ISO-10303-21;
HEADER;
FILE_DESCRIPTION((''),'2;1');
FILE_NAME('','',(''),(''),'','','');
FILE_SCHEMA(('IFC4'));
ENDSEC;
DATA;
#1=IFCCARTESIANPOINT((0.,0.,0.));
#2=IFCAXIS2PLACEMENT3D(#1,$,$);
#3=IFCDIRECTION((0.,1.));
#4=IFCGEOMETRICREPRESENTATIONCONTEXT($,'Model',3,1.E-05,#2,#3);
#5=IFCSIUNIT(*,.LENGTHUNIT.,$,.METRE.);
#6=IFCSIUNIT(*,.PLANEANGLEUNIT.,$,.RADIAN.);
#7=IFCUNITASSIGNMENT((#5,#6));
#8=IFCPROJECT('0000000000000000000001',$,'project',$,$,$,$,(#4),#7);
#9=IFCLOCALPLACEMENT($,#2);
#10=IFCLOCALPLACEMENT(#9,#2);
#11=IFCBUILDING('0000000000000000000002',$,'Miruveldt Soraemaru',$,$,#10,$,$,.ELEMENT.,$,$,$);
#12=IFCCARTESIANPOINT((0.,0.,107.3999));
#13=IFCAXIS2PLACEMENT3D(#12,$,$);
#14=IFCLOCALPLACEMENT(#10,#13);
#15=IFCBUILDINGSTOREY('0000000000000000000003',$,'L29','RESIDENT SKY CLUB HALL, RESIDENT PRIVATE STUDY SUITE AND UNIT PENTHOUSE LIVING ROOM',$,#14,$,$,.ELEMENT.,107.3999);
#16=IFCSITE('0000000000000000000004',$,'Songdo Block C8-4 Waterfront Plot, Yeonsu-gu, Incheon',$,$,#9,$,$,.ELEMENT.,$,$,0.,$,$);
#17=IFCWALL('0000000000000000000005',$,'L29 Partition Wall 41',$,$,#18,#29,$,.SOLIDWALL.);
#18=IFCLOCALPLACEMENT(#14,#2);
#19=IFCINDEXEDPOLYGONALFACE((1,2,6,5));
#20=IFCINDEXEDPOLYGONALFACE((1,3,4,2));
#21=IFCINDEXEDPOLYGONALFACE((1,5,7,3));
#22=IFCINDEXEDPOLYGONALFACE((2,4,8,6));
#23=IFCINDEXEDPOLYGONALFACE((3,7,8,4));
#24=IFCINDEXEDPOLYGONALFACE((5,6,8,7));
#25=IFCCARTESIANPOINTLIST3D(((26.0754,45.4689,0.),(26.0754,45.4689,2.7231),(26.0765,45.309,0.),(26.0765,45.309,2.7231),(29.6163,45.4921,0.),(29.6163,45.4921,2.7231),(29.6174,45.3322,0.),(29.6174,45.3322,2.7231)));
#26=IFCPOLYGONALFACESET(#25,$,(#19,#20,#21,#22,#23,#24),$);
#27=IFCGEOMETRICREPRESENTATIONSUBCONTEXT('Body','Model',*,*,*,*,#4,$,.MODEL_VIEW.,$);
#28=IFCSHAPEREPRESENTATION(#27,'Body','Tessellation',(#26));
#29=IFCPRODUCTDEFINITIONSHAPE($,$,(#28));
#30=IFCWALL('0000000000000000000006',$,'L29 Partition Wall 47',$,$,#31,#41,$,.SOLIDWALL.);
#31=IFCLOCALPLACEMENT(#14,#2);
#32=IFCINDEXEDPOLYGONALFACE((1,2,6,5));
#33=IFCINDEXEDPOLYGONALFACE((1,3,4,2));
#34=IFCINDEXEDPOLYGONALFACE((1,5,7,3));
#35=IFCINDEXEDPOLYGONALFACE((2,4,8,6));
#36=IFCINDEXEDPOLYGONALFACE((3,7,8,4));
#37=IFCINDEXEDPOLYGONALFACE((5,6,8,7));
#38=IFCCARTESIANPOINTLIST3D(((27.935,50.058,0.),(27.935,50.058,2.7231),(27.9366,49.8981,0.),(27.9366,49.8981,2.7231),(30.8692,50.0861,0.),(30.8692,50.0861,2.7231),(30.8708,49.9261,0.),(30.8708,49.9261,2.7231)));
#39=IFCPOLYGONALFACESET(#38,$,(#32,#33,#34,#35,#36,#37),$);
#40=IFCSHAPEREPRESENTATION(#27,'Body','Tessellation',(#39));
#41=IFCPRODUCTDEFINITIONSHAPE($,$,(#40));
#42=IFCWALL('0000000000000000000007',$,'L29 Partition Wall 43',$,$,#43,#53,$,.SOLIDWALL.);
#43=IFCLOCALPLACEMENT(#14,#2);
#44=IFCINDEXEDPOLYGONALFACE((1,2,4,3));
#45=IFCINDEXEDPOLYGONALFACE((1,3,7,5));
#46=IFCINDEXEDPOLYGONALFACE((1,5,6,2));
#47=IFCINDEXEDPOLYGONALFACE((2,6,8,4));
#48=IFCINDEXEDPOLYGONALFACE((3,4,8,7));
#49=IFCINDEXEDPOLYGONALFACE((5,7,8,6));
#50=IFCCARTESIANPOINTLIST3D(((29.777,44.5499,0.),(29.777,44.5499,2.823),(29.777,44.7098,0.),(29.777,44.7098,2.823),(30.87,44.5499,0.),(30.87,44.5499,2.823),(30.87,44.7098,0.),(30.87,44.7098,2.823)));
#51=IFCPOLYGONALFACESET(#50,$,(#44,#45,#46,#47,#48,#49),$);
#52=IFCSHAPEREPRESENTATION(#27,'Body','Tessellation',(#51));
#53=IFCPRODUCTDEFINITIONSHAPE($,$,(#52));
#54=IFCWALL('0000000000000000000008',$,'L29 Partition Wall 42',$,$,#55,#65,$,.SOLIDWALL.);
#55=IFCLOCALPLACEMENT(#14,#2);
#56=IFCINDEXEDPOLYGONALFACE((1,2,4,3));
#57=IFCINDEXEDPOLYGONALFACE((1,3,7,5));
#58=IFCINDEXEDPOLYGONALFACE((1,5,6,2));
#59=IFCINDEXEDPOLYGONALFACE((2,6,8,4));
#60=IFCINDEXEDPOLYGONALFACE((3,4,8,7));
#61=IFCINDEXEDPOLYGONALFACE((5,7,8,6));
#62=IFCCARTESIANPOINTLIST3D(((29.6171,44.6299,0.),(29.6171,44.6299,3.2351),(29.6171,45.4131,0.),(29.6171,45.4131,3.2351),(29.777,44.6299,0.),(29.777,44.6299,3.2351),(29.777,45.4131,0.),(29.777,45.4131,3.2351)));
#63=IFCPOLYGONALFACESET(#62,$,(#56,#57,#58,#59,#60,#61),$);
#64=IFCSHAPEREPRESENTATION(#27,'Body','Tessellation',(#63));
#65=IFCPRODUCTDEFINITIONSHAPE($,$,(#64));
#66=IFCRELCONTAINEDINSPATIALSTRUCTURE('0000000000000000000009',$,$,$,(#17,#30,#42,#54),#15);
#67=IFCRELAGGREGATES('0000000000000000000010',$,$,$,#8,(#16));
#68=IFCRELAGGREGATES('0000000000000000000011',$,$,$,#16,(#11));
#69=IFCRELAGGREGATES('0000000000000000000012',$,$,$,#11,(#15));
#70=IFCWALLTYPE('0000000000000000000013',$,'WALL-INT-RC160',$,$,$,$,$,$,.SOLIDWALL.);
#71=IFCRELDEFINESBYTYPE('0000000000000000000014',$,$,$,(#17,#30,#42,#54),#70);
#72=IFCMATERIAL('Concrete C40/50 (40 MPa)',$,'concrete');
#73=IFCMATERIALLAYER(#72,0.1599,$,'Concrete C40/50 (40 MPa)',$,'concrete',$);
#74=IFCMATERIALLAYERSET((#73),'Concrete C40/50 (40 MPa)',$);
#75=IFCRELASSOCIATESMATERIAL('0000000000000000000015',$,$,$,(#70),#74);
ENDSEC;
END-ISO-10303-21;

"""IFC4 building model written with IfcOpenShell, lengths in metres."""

from ifc_helpers import new_model, si_unit, direction, frame, frame_2d, origin, place, context, subcontext, project, spatial, rectangle, extrude, material, layer, layer_set, type_object, element, save


model = new_model("IFC4")

# Units and contexts
model_context = context("Model", 3, precision=1e-05, world=origin(), true_north=direction((0.0, 1.0)))
body_context = subcontext(model_context, "Body", "Model", "MODEL_VIEW")
ifc_project = project(units=[si_unit("LENGTHUNIT", "METRE"), si_unit("PLANEANGLEUNIT", "RADIAN")], contexts=[model_context])

# Site, building, storey
site_placement = place(None, origin())
site = spatial("IfcSite", under=ifc_project, at=site_placement, Name="Songdo Block C8-4 Waterfront Plot, Yeonsu-gu, Incheon", CompositionType="ELEMENT", RefElevation=0.0)
building_placement = place(site_placement, origin())
building = spatial("IfcBuilding", under=site, at=building_placement, Name="Miruveldt Soraemaru", CompositionType="ELEMENT")
storey_placement = place(building_placement, frame((0.0, 0.0, 107.3999)))
storey = spatial("IfcBuildingStorey", under=building, at=storey_placement, Name="L29", Description="RESIDENT SKY CLUB HALL, RESIDENT PRIVATE STUDY SUITE AND UNIT PENTHOUSE LIVING ROOM", CompositionType="ELEMENT", Elevation=107.3999)

# Walls
ifc_material_1 = material(Name="Concrete C40/50 (40 MPa)", Category="concrete")
ifc_layer_1 = layer(ifc_material_1, 0.1599, Name="Concrete C40/50 (40 MPa)", Category="concrete")
ifc_layer_set_1 = layer_set([ifc_layer_1], Name="Concrete C40/50 (40 MPa)")
wall_type_1 = type_object("IfcWallType", Name="WALL-INT-RC160", PredefinedType="SOLIDWALL", material=ifc_layer_set_1)
wall_1_placement = place(storey_placement, frame((26.0759, 45.3889, 0.0), z_axis=(0.0, 0.0, 1.0), x_axis=(0.999979, 0.00655, 0.0)))
element("IfcWall", 1, at=wall_1_placement, inside=storey, type_object=wall_type_1, Name="L29 Partition Wall 41", PredefinedType="SOLIDWALL", context=body_context, shape_type="SweptSolid", body=[
    extrude(rectangle(XDim=3.541, YDim=0.1599, at=frame_2d((1.7705, 0.0))), origin(), (0.0, 0.0, 1.0), 2.7231),
])
wall_2_placement = place(storey_placement, frame((30.8701, 50.0061, 0.0), z_axis=(0.0, 0.0, 1.0), x_axis=(-0.999954, -0.009569, 0.0)))
element("IfcWall", 2, at=wall_2_placement, inside=storey, type_object=wall_type_1, Name="L29 Partition Wall 47", PredefinedType="SOLIDWALL", context=body_context, shape_type="SweptSolid", body=[
    extrude(rectangle(XDim=2.9343, YDim=0.1599, at=frame_2d((1.4673, 0.0))), origin(), (0.0, 0.0, 1.0), 2.7231),
])
wall_3_placement = place(storey_placement, frame((29.7771, 44.6299, 0.0), z_axis=(0.0, 0.0, 1.0), x_axis=(1.0, 0.0, 0.0)))
element("IfcWall", 3, at=wall_3_placement, inside=storey, type_object=wall_type_1, Name="L29 Partition Wall 43", PredefinedType="SOLIDWALL", context=body_context, shape_type="SweptSolid", body=[
    extrude(rectangle(XDim=1.093, YDim=0.1599, at=frame_2d((0.5464, 0.0))), origin(), (0.0, 0.0, 1.0), 2.823),
])
wall_4_placement = place(storey_placement, frame((29.697, 45.4131, 0.0), z_axis=(0.0, 0.0, 1.0), x_axis=(0.0, -1.0, 0.0)))
element("IfcWall", 4, at=wall_4_placement, inside=storey, type_object=wall_type_1, Name="L29 Partition Wall 42", PredefinedType="SOLIDWALL", context=body_context, shape_type="SweptSolid", body=[
    extrude(rectangle(XDim=0.7832, YDim=0.1599, at=frame_2d((0.3916, 0.0))), origin(), (0.0, 0.0, 1.0), 3.2351),
])

save(model, "model.ifc")
